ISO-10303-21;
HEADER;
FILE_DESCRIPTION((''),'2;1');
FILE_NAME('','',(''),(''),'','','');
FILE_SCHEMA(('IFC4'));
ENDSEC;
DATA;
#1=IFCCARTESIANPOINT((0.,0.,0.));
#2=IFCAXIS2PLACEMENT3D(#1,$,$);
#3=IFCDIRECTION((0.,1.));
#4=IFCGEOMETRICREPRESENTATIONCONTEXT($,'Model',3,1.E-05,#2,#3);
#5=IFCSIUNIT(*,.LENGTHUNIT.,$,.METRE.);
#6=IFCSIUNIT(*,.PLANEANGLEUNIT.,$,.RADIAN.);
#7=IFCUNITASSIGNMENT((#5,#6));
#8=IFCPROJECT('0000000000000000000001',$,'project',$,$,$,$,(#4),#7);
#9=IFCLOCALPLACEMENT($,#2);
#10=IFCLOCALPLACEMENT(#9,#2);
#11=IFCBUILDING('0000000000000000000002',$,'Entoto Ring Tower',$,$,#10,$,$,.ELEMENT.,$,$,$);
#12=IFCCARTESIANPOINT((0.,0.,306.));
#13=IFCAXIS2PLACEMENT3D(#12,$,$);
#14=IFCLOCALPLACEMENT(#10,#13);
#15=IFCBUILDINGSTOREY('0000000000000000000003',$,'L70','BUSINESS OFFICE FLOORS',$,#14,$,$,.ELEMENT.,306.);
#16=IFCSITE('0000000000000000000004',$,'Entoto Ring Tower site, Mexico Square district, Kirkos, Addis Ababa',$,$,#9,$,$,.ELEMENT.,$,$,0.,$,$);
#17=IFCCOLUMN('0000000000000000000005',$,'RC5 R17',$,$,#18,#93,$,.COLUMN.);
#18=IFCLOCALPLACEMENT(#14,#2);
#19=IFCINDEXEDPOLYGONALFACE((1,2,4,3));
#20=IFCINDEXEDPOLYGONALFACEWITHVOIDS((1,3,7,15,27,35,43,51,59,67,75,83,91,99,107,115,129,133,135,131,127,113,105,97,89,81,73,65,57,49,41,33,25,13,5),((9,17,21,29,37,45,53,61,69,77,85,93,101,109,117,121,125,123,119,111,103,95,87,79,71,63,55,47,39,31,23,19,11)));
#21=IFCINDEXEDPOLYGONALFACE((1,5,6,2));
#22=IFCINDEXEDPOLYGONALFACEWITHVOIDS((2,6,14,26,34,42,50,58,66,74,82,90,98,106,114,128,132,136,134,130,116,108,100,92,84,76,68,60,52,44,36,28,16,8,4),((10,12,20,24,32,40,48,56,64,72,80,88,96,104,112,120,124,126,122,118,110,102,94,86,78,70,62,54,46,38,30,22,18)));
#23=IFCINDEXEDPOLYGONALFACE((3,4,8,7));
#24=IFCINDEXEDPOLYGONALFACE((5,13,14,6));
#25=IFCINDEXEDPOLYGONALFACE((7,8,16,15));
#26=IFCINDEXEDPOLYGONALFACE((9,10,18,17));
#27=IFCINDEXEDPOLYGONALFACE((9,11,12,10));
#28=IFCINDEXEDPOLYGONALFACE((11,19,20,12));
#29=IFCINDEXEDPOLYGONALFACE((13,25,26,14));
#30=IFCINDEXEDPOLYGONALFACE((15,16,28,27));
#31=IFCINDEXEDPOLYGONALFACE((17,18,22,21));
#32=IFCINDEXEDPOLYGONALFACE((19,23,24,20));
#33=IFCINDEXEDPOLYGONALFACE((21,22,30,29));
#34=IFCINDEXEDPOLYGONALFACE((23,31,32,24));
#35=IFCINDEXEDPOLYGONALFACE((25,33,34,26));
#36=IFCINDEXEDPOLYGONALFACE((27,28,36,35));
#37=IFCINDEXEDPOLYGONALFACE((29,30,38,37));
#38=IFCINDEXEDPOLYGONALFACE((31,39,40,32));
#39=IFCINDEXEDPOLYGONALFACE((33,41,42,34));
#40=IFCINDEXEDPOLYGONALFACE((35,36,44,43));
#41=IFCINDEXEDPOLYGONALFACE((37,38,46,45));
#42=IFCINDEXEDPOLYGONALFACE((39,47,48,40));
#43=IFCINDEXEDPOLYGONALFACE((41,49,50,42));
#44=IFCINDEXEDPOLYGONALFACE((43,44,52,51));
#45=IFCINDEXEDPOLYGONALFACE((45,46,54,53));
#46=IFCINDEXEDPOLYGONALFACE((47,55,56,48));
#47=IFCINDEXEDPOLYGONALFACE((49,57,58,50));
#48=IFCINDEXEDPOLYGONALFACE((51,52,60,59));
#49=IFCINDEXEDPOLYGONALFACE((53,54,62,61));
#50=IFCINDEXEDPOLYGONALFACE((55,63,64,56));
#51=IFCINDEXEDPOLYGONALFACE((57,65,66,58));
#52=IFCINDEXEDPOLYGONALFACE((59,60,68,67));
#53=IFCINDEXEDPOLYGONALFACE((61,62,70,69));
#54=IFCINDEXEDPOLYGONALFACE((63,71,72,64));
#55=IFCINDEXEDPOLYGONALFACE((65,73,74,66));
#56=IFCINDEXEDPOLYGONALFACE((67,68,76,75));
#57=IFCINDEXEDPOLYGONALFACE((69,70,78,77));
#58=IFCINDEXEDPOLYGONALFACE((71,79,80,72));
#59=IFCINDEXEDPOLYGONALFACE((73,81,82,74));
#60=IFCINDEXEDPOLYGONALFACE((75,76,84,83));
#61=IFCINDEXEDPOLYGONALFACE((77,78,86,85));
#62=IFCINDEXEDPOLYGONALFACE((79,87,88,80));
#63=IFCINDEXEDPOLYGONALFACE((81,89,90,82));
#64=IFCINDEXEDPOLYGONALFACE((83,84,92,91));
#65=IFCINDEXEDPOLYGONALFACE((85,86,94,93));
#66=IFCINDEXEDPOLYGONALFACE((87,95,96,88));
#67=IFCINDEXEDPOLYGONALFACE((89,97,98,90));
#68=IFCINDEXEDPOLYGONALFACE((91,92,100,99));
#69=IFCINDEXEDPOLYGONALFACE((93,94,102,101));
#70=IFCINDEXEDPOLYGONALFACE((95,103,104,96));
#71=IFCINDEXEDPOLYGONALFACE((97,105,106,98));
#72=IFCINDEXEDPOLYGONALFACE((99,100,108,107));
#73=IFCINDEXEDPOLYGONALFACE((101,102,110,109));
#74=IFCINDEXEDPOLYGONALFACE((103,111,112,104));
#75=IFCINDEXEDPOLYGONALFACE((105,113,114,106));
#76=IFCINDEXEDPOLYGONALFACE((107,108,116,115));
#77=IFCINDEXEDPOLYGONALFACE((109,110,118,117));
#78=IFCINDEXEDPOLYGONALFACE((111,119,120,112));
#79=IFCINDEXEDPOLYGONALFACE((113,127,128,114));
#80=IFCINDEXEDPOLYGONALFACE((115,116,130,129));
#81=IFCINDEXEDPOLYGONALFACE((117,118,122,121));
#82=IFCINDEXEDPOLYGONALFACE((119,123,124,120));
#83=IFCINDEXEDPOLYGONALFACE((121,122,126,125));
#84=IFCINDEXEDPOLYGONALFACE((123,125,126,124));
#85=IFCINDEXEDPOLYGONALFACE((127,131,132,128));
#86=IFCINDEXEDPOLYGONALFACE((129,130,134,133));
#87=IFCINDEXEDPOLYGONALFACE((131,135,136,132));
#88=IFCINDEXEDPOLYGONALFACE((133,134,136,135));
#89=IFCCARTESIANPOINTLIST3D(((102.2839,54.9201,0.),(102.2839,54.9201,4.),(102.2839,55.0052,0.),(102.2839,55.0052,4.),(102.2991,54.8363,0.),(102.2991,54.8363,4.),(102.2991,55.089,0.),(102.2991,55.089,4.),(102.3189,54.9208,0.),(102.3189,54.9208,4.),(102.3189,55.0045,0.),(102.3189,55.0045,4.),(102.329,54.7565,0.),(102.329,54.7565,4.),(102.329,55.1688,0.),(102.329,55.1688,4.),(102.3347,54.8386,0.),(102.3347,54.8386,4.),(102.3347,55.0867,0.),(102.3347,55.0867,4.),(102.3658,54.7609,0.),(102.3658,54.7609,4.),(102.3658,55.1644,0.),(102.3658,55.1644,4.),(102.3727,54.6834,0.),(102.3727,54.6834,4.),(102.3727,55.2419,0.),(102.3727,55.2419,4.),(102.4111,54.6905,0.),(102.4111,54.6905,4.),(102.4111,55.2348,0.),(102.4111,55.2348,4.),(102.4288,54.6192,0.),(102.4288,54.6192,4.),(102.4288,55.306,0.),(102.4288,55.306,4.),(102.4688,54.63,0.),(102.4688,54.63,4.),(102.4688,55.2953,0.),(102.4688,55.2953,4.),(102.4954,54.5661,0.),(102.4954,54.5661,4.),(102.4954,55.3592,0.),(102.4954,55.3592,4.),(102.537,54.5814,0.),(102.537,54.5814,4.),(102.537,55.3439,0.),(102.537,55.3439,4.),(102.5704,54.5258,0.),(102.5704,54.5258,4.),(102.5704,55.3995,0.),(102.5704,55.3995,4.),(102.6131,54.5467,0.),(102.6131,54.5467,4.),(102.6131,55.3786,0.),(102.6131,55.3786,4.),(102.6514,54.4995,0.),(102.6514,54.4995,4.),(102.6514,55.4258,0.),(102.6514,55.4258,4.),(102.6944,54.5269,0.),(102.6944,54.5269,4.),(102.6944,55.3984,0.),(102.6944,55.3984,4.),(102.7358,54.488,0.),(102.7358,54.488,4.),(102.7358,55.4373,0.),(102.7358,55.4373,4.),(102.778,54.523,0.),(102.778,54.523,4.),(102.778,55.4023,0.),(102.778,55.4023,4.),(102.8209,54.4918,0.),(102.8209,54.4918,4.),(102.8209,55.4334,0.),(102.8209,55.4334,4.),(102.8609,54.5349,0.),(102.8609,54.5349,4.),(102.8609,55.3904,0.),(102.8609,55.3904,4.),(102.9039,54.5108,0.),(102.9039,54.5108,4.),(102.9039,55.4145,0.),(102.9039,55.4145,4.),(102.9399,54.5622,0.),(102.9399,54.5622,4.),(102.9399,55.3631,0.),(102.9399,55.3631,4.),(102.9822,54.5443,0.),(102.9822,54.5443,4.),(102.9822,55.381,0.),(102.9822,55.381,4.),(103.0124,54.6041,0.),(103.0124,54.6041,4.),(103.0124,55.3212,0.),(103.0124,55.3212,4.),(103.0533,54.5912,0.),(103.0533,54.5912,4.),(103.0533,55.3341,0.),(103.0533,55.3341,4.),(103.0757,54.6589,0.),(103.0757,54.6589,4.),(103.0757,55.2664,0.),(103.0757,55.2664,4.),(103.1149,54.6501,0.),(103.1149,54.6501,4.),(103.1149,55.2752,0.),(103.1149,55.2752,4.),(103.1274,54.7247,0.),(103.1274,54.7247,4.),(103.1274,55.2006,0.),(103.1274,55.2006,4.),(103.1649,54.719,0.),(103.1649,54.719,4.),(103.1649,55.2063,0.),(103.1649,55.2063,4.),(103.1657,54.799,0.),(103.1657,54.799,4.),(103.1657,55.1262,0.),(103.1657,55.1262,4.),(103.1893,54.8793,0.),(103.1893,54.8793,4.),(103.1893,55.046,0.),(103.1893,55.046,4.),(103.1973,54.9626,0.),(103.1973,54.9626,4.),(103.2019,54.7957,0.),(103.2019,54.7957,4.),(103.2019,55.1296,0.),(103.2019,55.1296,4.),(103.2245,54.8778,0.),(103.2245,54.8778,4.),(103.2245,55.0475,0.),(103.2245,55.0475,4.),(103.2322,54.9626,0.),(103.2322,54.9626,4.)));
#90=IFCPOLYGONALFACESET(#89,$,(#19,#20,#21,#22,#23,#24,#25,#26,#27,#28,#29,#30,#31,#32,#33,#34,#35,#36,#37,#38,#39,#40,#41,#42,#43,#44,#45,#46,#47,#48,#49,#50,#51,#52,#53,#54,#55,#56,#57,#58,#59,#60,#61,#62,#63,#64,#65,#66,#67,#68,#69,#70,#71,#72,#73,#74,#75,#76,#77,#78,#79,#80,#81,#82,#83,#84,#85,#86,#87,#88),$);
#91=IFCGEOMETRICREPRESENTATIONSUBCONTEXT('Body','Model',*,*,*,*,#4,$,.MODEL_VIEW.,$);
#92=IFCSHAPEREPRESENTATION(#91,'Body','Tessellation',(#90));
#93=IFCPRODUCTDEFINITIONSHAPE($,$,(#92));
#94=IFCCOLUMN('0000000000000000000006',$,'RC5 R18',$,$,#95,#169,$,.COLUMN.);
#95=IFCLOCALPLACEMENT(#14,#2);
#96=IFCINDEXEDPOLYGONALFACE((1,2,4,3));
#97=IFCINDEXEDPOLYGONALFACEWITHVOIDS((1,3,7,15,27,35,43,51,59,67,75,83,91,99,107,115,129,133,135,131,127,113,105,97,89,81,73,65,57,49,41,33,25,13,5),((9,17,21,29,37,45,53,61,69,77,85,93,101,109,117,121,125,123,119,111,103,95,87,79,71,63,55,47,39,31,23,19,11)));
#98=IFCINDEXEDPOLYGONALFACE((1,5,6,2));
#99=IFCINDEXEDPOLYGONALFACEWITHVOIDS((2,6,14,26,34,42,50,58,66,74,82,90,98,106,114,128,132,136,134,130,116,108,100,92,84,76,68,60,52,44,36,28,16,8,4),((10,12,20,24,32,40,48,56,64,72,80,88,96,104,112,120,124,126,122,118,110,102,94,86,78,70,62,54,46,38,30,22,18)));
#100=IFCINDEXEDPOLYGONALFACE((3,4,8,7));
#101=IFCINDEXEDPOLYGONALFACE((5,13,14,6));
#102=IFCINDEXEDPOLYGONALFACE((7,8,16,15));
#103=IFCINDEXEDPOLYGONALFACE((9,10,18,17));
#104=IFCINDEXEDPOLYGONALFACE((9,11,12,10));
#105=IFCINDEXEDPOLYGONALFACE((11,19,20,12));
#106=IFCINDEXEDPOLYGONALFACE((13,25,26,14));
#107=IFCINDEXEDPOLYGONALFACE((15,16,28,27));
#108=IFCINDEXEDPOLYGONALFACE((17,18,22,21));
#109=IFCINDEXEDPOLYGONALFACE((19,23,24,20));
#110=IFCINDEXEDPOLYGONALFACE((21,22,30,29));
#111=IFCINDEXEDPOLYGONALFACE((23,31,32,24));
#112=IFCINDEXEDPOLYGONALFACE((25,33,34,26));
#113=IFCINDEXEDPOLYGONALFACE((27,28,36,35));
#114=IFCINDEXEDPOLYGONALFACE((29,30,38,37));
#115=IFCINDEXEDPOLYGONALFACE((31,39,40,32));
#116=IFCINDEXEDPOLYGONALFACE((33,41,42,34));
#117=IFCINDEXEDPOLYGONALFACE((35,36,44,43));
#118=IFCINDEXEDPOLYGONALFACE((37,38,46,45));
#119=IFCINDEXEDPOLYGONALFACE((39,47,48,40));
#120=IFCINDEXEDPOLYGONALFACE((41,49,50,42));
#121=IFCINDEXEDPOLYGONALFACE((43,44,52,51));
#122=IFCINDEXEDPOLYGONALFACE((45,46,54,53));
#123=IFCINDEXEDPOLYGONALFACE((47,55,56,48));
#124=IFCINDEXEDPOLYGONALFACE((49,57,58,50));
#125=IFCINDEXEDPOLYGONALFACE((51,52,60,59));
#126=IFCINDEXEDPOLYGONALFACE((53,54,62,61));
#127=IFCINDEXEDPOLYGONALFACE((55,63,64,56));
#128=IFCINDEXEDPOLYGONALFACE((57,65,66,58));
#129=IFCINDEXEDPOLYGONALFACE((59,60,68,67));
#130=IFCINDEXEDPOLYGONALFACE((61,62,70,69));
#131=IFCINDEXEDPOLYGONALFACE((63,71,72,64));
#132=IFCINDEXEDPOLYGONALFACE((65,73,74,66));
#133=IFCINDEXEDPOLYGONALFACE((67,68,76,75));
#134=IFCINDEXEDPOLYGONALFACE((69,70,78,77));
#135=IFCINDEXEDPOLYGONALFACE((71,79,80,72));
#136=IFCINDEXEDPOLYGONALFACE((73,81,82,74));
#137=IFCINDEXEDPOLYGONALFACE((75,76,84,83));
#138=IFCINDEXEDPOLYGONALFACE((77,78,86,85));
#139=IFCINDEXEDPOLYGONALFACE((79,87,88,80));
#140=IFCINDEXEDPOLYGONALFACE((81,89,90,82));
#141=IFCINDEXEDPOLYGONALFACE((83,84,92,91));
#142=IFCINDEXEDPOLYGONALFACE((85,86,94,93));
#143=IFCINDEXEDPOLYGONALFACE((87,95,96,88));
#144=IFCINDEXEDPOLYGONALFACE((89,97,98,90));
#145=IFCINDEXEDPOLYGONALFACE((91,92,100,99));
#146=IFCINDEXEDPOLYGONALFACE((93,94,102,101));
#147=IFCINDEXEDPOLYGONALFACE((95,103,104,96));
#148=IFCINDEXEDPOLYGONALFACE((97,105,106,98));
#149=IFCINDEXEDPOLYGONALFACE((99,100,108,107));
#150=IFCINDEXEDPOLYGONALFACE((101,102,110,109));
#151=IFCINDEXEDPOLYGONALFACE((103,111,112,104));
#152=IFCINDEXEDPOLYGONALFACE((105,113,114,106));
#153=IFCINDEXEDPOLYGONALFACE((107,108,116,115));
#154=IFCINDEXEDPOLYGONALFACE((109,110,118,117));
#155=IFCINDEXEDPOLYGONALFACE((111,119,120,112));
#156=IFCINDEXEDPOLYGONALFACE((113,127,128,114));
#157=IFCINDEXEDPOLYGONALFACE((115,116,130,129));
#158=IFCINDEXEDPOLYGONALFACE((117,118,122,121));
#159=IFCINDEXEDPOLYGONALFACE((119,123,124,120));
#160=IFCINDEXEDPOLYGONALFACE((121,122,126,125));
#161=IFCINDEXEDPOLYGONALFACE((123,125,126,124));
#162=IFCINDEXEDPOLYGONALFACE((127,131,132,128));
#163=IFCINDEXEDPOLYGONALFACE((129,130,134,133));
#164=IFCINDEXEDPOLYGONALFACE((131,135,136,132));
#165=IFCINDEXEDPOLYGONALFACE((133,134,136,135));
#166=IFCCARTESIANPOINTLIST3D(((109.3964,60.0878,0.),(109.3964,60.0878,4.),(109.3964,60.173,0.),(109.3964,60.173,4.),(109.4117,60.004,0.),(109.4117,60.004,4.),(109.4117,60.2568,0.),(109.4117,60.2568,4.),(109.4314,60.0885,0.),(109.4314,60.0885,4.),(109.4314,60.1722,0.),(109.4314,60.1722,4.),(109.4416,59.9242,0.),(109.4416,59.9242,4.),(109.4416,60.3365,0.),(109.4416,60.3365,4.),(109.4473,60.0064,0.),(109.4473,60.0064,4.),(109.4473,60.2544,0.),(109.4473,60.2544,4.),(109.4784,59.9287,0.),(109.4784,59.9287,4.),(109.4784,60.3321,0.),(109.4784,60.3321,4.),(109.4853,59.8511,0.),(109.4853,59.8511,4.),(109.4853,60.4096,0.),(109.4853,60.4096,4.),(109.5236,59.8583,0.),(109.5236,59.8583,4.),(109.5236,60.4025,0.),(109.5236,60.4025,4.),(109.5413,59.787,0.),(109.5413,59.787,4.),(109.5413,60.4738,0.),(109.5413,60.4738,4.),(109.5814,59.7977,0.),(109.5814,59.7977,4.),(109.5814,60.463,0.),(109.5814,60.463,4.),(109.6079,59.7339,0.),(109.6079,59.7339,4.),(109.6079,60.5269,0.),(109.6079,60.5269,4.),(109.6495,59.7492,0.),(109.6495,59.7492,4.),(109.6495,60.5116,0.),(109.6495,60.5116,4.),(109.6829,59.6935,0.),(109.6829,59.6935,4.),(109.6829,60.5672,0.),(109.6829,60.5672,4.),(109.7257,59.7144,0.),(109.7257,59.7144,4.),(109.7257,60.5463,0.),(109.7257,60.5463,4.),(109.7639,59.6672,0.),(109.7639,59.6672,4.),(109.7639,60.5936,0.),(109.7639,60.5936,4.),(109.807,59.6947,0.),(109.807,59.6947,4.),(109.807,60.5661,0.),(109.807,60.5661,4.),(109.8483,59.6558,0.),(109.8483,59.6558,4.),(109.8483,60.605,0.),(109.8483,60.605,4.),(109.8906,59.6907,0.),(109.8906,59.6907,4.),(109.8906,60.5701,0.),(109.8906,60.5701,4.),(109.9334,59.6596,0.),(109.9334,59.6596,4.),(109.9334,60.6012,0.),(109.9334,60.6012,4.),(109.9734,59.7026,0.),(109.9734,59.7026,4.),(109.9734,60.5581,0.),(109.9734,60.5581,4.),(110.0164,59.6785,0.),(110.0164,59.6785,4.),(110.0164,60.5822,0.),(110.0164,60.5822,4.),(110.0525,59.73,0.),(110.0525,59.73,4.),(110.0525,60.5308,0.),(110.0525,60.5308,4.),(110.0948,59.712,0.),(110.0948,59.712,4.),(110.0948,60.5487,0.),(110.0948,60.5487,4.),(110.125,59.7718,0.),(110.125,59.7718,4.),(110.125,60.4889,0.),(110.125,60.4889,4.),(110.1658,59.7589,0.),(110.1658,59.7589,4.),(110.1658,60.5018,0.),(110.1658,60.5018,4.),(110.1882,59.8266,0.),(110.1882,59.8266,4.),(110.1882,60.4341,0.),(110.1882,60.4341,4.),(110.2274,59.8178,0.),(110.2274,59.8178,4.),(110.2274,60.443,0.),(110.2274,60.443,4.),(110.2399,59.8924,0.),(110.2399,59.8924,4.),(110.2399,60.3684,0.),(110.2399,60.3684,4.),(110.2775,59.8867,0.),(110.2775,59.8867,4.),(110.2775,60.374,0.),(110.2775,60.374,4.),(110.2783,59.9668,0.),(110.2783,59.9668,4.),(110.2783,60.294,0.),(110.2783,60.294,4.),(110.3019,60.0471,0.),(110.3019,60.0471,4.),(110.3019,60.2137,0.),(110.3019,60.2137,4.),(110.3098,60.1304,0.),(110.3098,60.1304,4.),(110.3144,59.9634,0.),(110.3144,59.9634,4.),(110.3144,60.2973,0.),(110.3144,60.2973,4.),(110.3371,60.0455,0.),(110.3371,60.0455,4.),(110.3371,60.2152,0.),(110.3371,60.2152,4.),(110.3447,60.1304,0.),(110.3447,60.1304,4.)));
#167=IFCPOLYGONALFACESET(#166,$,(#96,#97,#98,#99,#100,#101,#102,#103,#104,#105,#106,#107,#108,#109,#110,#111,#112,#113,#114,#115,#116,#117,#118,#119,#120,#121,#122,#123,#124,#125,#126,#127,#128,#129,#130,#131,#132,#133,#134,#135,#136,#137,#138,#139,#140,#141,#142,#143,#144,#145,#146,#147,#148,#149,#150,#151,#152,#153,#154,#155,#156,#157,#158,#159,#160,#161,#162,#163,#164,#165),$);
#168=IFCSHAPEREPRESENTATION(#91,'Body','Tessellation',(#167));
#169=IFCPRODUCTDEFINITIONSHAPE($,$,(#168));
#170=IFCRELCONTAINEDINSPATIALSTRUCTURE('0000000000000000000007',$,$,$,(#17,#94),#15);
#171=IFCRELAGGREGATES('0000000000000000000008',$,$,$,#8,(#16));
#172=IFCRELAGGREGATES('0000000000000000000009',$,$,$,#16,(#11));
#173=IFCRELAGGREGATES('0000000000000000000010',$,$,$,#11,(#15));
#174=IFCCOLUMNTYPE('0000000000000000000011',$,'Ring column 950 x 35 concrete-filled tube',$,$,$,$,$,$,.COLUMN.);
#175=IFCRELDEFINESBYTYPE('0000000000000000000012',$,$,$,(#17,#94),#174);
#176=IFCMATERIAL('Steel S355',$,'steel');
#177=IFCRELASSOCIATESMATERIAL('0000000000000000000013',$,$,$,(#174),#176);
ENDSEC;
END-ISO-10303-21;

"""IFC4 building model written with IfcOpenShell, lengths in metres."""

from ifc_helpers import new_model, si_unit, direction, frame, origin, origin_2d, place, context, subcontext, project, spatial, circle, hollow_circle, extrude, material, material_profile, profile_set, type_object, element, save


model = new_model("IFC4")

# Units and contexts
model_context = context("Model", 3, precision=1e-05, world=origin(), true_north=direction((0.0, 1.0)))
body_context = subcontext(model_context, "Body", "Model", "MODEL_VIEW")
ifc_project = project(units=[si_unit("LENGTHUNIT", "METRE"), si_unit("PLANEANGLEUNIT", "RADIAN")], contexts=[model_context])

# Site, building, storey
site_placement = place(None, origin())
site = spatial("IfcSite", under=ifc_project, at=site_placement, Name="Entoto Ring Tower site, Mexico Square district, Kirkos, Addis Ababa", CompositionType="ELEMENT", RefElevation=0.0)
building_placement = place(site_placement, origin())
building = spatial("IfcBuilding", under=site, at=building_placement, Name="Entoto Ring Tower", CompositionType="ELEMENT")
storey_placement = place(building_placement, frame((0.0, 0.0, 306.0)))
storey = spatial("IfcBuildingStorey", under=building, at=storey_placement, Name="L70", Description="BUSINESS OFFICE FLOORS", CompositionType="ELEMENT", Elevation=306.0)

# Columns
ifc_material_1 = material(Name="Steel S355", Category="steel")
ifc_material_profile_1 = material_profile(ifc_material_1, hollow_circle(Radius=0.4751, WallThickness=0.0349, at=origin_2d()), Name="CHS 950 x 35")
ifc_material_2 = material(Name="Concrete C60/75", Category="concrete")
ifc_material_profile_2 = material_profile(ifc_material_2, circle(Radius=0.4399, at=origin_2d()), Name="Concrete C60/75 infill")
ifc_profile_set_1 = profile_set([ifc_material_profile_1, ifc_material_profile_2], Name="Steel S355")
column_type = type_object("IfcColumnType", Name="Ring column 950 x 35 concrete-filled tube", PredefinedType="COLUMN", material=ifc_profile_set_1)
for number, where, z_axis, x_axis, name in (
    (1, (102.7571, 54.9626, 0.0), (0.0, 0.0, 1.0), (1.0, 0.0, 0.0), "RC5 R17"),
    (2, (109.8696, 60.1304, 0.0), (0.0, 0.0, 1.0), (1.0, 0.0, 0.0), "RC5 R18"),
):
    element("IfcColumn", number, at=place(storey_placement, frame(where, z_axis=z_axis, x_axis=x_axis)), inside=storey, type_object=column_type, Name=name, PredefinedType="COLUMN", context=body_context, shape_type="SweptSolid", body=[
        extrude(hollow_circle(Radius=0.4751, WallThickness=0.0349, at=origin_2d()), origin(), (0.0, 0.0, 1.0), 4.0),
    ])

save(model, "model.ifc")
